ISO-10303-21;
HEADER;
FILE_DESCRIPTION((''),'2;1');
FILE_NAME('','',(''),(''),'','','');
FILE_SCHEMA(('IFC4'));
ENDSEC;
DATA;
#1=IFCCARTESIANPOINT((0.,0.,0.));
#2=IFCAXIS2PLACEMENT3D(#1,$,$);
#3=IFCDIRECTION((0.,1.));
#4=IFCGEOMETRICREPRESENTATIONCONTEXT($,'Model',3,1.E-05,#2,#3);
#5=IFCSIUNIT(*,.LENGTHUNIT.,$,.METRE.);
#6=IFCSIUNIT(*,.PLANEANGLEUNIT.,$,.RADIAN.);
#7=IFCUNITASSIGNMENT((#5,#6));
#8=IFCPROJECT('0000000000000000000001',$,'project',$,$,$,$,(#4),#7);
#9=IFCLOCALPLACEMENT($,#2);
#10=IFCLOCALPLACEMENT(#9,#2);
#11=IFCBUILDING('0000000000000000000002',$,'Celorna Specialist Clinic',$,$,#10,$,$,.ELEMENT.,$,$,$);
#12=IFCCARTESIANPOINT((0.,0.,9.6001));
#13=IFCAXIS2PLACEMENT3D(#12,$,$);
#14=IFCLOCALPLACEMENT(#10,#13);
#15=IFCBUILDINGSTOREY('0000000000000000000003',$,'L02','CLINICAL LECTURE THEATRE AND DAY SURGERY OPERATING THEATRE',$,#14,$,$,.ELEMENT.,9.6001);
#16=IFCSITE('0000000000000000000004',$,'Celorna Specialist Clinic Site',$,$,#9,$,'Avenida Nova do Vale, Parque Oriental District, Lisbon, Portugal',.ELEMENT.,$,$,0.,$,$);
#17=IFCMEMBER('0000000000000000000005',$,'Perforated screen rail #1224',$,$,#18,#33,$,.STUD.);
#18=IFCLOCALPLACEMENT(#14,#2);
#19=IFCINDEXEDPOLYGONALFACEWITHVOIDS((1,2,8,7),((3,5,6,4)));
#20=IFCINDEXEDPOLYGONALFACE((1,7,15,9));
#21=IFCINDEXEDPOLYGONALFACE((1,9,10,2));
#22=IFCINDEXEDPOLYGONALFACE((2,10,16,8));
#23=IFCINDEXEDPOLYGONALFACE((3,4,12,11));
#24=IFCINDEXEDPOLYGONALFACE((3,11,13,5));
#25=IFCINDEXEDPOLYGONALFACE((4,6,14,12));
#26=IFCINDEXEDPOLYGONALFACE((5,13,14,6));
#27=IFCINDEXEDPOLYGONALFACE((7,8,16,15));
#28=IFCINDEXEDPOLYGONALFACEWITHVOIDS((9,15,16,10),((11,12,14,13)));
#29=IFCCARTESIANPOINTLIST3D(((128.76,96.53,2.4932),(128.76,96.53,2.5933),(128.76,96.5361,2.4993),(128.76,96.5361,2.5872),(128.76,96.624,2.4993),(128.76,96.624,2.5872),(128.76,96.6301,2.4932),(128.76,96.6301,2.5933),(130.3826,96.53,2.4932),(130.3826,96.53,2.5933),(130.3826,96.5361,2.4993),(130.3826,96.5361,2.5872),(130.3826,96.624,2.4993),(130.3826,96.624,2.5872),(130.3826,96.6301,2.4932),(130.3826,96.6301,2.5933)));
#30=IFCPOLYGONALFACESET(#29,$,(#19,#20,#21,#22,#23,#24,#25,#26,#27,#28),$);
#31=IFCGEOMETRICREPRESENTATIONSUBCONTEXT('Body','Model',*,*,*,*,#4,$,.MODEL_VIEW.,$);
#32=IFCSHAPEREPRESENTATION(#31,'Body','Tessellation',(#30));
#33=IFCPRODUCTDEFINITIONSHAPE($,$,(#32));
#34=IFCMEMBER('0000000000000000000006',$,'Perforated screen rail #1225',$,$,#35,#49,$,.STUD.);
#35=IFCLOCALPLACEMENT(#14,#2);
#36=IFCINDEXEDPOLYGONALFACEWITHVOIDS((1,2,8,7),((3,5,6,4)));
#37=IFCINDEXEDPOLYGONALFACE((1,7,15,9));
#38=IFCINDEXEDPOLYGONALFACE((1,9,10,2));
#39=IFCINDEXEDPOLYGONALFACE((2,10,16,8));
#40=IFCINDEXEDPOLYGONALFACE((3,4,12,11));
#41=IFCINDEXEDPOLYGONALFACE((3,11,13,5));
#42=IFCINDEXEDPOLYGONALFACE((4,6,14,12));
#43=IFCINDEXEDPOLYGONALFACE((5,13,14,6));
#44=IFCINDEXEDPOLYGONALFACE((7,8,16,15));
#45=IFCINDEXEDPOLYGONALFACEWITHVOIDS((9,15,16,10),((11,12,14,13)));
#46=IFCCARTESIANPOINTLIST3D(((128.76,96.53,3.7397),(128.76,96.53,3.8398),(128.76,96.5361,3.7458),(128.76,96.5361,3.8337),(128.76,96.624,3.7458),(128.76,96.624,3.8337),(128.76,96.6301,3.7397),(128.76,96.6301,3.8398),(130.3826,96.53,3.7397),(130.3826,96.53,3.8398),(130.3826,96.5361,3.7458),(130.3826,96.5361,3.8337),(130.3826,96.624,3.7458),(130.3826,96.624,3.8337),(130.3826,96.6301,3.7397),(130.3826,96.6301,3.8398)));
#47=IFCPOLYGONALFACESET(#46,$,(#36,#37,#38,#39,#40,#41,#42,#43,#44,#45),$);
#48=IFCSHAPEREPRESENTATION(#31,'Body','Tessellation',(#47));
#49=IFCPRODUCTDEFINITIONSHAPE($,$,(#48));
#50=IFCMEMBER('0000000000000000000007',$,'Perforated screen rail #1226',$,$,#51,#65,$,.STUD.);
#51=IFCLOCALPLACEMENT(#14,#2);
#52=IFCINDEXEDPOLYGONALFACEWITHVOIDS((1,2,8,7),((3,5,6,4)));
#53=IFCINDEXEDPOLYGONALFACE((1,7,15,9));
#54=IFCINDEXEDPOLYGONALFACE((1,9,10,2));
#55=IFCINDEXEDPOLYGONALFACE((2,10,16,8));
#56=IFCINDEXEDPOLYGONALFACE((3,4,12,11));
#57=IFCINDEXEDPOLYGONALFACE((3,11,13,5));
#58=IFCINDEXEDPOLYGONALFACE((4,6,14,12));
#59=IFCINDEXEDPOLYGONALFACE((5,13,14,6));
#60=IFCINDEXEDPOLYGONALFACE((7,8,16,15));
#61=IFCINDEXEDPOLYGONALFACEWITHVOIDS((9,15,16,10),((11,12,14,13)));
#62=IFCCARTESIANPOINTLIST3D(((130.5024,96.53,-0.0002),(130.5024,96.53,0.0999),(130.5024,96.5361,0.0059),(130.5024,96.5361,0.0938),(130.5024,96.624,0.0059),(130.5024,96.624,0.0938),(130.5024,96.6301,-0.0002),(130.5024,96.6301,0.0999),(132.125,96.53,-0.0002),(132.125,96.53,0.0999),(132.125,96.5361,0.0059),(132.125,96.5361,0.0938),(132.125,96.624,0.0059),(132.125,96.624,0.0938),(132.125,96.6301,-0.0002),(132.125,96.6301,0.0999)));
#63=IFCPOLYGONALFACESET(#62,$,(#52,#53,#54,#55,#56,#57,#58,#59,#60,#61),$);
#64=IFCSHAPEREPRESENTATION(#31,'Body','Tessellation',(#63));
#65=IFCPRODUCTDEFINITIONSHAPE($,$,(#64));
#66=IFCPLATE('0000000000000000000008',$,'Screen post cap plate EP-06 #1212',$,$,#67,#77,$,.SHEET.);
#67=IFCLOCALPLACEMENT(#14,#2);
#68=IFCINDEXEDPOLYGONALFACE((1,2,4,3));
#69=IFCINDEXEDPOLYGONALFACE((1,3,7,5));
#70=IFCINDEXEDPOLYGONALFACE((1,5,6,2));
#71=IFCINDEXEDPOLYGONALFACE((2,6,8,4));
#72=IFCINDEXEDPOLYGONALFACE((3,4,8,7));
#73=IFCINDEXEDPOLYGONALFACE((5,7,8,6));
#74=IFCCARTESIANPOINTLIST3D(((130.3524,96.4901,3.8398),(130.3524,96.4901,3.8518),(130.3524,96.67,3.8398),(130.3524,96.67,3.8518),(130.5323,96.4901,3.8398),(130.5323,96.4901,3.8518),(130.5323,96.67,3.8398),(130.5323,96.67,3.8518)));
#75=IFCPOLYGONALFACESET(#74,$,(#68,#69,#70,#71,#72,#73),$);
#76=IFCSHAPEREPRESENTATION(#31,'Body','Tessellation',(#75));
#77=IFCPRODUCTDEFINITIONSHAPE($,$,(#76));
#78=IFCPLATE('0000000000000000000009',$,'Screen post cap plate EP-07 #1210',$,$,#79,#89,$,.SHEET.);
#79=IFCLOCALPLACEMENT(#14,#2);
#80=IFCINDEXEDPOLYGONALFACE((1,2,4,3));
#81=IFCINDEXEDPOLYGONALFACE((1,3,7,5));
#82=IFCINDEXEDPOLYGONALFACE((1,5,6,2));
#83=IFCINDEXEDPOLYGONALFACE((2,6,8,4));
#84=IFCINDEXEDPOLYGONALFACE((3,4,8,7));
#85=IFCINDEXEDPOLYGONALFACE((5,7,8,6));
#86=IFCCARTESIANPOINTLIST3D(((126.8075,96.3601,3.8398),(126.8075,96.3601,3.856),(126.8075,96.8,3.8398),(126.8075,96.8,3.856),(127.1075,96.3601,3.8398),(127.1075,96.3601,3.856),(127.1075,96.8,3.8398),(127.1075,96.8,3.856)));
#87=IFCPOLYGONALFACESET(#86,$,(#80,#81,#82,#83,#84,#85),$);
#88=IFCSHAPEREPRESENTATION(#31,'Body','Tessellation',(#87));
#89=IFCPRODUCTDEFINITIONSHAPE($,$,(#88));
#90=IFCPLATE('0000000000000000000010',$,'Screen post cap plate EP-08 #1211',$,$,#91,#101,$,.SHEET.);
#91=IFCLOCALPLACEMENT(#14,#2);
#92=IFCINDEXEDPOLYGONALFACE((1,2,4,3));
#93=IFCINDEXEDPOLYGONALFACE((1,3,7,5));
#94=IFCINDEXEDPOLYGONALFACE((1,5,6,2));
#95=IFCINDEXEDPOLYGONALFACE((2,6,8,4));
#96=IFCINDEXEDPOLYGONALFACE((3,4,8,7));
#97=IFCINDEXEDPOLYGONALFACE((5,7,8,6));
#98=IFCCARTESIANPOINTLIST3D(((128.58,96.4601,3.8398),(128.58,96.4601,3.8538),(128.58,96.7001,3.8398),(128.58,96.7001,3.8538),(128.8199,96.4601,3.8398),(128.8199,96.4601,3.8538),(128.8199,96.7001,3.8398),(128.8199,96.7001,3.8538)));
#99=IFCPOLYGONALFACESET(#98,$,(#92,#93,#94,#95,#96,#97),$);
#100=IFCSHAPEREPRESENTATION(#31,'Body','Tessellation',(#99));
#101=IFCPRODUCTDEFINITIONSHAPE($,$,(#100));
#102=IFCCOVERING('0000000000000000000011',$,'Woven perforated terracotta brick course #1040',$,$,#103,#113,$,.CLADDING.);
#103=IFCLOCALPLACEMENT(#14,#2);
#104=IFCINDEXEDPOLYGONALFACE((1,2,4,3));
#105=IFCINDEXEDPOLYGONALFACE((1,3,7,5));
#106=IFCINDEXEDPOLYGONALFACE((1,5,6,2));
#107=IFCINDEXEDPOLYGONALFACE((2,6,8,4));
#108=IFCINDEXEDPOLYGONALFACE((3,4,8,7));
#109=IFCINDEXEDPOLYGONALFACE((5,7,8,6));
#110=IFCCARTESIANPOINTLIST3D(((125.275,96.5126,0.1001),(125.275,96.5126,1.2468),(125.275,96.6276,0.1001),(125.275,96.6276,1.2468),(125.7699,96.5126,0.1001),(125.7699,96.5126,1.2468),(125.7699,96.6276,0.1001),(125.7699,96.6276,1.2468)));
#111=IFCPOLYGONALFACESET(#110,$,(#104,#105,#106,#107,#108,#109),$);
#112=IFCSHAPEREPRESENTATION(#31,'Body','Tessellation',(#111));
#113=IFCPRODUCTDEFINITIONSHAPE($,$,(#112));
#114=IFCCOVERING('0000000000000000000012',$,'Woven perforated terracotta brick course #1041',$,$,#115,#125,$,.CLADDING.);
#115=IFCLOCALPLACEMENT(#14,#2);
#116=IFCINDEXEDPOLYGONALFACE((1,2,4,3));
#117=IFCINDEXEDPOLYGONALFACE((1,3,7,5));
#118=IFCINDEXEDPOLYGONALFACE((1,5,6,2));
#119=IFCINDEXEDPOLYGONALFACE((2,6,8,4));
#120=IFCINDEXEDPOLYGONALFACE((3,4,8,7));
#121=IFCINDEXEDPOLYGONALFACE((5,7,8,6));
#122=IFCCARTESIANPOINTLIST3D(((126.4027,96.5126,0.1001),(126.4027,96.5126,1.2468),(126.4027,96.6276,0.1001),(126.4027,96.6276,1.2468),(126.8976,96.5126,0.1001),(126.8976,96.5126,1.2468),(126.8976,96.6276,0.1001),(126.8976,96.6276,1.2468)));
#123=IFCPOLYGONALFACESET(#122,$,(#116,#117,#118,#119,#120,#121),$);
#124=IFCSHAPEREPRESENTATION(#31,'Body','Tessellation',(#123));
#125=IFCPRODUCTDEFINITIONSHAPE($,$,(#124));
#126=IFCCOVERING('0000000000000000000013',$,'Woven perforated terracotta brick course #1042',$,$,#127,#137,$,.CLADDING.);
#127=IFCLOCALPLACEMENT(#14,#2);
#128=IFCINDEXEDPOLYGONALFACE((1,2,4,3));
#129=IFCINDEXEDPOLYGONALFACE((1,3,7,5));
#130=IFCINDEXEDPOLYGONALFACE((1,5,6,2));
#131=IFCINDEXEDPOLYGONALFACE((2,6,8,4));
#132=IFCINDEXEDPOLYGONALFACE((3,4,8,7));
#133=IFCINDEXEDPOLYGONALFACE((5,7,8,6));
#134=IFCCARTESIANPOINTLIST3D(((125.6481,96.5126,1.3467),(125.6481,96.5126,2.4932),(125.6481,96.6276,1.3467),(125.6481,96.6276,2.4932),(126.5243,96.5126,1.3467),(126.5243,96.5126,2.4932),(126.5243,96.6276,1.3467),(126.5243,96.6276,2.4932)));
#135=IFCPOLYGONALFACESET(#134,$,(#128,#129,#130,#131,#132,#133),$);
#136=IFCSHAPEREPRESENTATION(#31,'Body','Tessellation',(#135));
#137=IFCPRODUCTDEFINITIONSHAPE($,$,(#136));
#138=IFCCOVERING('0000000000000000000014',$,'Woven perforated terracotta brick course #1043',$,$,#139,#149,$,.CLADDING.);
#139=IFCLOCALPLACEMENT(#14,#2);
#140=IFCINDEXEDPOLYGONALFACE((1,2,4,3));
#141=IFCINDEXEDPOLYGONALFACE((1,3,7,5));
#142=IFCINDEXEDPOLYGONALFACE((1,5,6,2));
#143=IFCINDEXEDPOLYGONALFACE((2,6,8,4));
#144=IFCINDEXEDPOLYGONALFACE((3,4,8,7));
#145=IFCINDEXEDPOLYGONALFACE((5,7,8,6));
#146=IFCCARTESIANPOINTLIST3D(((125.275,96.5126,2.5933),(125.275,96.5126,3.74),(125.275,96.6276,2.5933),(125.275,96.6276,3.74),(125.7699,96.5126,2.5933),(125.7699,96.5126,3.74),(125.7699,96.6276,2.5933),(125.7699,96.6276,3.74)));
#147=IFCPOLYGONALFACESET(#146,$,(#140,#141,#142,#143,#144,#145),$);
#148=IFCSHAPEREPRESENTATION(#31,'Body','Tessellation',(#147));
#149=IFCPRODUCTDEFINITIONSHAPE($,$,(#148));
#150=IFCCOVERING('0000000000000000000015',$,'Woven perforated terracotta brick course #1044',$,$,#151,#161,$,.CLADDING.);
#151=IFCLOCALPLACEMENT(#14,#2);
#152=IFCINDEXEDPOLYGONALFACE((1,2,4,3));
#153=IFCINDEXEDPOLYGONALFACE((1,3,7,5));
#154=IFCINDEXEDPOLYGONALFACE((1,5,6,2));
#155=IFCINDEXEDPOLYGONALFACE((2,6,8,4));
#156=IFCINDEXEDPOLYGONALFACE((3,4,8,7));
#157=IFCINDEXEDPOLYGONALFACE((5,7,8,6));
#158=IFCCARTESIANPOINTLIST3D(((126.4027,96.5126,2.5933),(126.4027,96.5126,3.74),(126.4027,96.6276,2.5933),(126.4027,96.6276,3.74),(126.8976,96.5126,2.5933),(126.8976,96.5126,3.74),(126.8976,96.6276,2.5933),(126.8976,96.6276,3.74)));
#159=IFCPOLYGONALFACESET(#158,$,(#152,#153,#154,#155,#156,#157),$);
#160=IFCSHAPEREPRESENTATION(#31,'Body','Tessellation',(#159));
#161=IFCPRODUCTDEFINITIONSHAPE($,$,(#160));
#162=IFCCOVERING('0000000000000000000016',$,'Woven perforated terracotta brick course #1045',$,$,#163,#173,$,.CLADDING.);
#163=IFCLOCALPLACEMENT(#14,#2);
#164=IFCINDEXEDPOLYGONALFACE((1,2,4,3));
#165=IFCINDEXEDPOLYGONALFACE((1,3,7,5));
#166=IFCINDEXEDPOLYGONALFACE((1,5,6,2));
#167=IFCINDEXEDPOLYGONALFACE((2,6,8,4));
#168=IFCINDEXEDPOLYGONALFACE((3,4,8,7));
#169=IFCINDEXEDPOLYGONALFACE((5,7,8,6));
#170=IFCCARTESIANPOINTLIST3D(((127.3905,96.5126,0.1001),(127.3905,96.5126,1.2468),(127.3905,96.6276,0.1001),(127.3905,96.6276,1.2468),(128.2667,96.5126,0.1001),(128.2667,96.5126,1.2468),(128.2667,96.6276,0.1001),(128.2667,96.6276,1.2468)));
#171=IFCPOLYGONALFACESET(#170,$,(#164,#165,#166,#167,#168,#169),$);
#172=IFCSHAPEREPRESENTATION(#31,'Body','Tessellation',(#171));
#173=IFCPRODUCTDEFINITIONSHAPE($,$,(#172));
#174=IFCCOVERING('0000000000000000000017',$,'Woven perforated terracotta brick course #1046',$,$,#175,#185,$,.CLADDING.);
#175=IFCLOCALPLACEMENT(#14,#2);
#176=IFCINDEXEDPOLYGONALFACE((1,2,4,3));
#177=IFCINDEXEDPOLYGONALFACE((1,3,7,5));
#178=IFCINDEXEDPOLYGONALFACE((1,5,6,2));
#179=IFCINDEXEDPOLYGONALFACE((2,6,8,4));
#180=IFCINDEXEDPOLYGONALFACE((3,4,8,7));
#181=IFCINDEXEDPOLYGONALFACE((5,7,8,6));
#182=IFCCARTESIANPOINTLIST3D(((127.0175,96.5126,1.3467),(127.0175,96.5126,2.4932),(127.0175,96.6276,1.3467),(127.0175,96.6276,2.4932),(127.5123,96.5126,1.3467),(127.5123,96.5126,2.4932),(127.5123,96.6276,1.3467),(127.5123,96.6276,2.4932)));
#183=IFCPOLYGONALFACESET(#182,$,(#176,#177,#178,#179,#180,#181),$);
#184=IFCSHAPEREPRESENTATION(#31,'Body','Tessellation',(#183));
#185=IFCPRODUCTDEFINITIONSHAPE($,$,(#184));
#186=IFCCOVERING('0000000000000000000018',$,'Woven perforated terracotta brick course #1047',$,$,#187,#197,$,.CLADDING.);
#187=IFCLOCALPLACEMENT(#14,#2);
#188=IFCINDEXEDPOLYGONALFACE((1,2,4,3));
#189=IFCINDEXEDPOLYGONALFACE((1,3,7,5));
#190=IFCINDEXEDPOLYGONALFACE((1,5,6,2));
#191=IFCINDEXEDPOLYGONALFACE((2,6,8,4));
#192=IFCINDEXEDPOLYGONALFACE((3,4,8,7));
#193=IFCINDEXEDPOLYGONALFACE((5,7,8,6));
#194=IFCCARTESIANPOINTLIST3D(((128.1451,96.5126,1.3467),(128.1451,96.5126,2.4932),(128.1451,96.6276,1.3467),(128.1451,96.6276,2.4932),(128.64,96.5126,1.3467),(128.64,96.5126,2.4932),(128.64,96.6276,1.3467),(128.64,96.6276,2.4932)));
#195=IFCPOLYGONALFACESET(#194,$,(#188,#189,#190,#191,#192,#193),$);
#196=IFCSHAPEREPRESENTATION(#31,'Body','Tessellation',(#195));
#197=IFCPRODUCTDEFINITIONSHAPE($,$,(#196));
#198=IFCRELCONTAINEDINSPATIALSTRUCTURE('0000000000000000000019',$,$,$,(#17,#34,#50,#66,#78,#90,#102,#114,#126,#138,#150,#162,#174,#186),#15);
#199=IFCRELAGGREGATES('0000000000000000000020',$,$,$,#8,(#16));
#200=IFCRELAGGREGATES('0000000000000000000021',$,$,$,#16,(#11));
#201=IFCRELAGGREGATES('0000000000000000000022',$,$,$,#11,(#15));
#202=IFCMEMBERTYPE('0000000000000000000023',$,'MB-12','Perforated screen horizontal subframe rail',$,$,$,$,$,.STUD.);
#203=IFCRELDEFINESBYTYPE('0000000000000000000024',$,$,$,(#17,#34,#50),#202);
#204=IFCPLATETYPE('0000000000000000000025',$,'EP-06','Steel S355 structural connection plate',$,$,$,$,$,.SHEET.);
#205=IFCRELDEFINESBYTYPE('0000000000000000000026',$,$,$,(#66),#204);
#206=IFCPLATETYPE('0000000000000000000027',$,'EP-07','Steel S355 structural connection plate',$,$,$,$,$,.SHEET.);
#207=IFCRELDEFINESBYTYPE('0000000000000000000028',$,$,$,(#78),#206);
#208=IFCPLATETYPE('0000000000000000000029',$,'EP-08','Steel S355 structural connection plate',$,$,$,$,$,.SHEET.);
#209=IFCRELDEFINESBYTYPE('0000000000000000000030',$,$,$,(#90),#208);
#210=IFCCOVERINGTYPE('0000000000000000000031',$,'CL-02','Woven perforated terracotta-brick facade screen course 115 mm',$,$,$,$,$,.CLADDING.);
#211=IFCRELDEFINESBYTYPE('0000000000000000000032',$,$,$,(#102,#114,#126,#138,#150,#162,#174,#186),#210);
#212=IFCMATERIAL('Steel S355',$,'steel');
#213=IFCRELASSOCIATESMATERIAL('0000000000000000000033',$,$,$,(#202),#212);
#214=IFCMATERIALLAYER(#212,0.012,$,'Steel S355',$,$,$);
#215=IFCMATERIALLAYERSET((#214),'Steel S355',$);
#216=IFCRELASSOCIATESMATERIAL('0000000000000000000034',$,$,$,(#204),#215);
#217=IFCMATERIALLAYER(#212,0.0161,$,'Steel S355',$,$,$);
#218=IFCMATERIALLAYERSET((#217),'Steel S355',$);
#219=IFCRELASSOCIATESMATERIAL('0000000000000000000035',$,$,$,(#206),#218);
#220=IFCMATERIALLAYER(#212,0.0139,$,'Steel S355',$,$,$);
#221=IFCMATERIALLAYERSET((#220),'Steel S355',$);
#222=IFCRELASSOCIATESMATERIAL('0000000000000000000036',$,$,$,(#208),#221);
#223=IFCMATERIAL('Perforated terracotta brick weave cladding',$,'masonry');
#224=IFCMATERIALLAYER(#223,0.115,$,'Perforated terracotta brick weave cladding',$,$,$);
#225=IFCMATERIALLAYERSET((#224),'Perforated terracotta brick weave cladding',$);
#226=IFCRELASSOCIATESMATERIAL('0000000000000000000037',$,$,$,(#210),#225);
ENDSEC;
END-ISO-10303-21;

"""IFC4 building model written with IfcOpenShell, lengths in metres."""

from ifc_helpers import new_model, si_unit, direction, frame, origin, origin_2d, place, context, subcontext, project, spatial, rectangle, hollow_rectangle, extrude, material, layer, layer_set, material_profile, profile_set, type_object, element, save


model = new_model("IFC4")

# Units and contexts
model_context = context("Model", 3, precision=1e-05, world=origin(), true_north=direction((0.0, 1.0)))
body_context = subcontext(model_context, "Body", "Model", "MODEL_VIEW")
ifc_project = project(units=[si_unit("LENGTHUNIT", "METRE"), si_unit("PLANEANGLEUNIT", "RADIAN")], contexts=[model_context])

# Site, building, storey
site_placement = place(None, origin())
site = spatial("IfcSite", under=ifc_project, at=site_placement, Name="Celorna Specialist Clinic Site", LongName="Avenida Nova do Vale, Parque Oriental District, Lisbon, Portugal", CompositionType="ELEMENT", RefElevation=0.0)
building_placement = place(site_placement, origin())
building = spatial("IfcBuilding", under=site, at=building_placement, Name="Celorna Specialist Clinic", CompositionType="ELEMENT")
storey_placement = place(building_placement, frame((0.0, 0.0, 9.6001)))
storey = spatial("IfcBuildingStorey", under=building, at=storey_placement, Name="L02", Description="CLINICAL LECTURE THEATRE AND DAY SURGERY OPERATING THEATRE", CompositionType="ELEMENT", Elevation=9.6001)

# Members
ifc_material_1 = material(Name="Steel S355", Category="steel")
ifc_material_profile_1 = material_profile(ifc_material_1, hollow_rectangle(XDim=0.1001, YDim=0.1001, WallThickness=0.0061, at=origin_2d()), Name="SHS 100x100x6")
ifc_profile_set_1 = profile_set([ifc_material_profile_1], Name="Steel S355")
member_type_1 = type_object("IfcMemberType", Name="MB-12", Description="Perforated screen horizontal subframe rail", PredefinedType="STUD", material=ifc_profile_set_1)
for number, where, z_axis, x_axis, name in (
    (1, (128.76, 96.5801, 2.5432), (1.0, 0.0, 0.0), (0.0, 1.0, 0.0), "Perforated screen rail #1224"),
    (2, (128.76, 96.5801, 3.7898), (1.0, 0.0, 0.0), (0.0, 1.0, 0.0), "Perforated screen rail #1225"),
    (3, (130.5024, 96.5801, 0.0498), (1.0, 0.0, 0.0), (0.0, 1.0, 0.0), "Perforated screen rail #1226"),
):
    element("IfcMember", number, at=place(storey_placement, frame(where, z_axis=z_axis, x_axis=x_axis)), inside=storey, type_object=member_type_1, Name=name, PredefinedType="STUD", context=body_context, shape_type="SweptSolid", body=[
        extrude(hollow_rectangle(XDim=0.1001, YDim=0.1001, WallThickness=0.0061, at=origin_2d()), origin(), (0.0, 0.0, 1.0), 1.6226),
    ])

# Plates
ifc_layer_1 = layer(ifc_material_1, 0.012, Name="Steel S355")
ifc_layer_set_1 = layer_set([ifc_layer_1], Name="Steel S355")
plate_type_1 = type_object("IfcPlateType", Name="EP-06", Description="Steel S355 structural connection plate", PredefinedType="SHEET", material=ifc_layer_set_1)
plate_1_placement = place(storey_placement, frame((130.4424, 96.5801, 3.8398), z_axis=(0.0, 0.0, 1.0), x_axis=(1.0, 0.0, 0.0)))
element("IfcPlate", 4, at=plate_1_placement, inside=storey, type_object=plate_type_1, Name="Screen post cap plate EP-06 #1212", PredefinedType="SHEET", context=body_context, shape_type="SweptSolid", body=[
    extrude(rectangle(XDim=0.1799, YDim=0.1799, at=origin_2d()), origin(), (0.0, 0.0, 1.0), 0.012),
])
ifc_layer_2 = layer(ifc_material_1, 0.0161, Name="Steel S355")
ifc_layer_set_2 = layer_set([ifc_layer_2], Name="Steel S355")
plate_type_2 = type_object("IfcPlateType", Name="EP-07", Description="Steel S355 structural connection plate", PredefinedType="SHEET", material=ifc_layer_set_2)
plate_2_placement = place(storey_placement, frame((126.9575, 96.5801, 3.8398), z_axis=(0.0, 0.0, 1.0), x_axis=(1.0, 0.0, 0.0)))
element("IfcPlate", 5, at=plate_2_placement, inside=storey, type_object=plate_type_2, Name="Screen post cap plate EP-07 #1210", PredefinedType="SHEET", context=body_context, shape_type="SweptSolid", body=[
    extrude(rectangle(XDim=0.3, YDim=0.4399, at=origin_2d()), origin(), (0.0, 0.0, 1.0), 0.0161),
])
ifc_layer_3 = layer(ifc_material_1, 0.0139, Name="Steel S355")
ifc_layer_set_3 = layer_set([ifc_layer_3], Name="Steel S355")
plate_type_3 = type_object("IfcPlateType", Name="EP-08", Description="Steel S355 structural connection plate", PredefinedType="SHEET", material=ifc_layer_set_3)
plate_3_placement = place(storey_placement, frame((128.7, 96.5801, 3.8398), z_axis=(0.0, 0.0, 1.0), x_axis=(1.0, 0.0, 0.0)))
element("IfcPlate", 6, at=plate_3_placement, inside=storey, type_object=plate_type_3, Name="Screen post cap plate EP-08 #1211", PredefinedType="SHEET", context=body_context, shape_type="SweptSolid", body=[
    extrude(rectangle(XDim=0.24, YDim=0.24, at=origin_2d()), origin(), (0.0, 0.0, 1.0), 0.0139),
])

# Coverings
ifc_material_2 = material(Name="Perforated terracotta brick weave cladding", Category="masonry")
ifc_layer_4 = layer(ifc_material_2, 0.115, Name="Perforated terracotta brick weave cladding")
ifc_layer_set_4 = layer_set([ifc_layer_4], Name="Perforated terracotta brick weave cladding")
covering_type = type_object("IfcCoveringType", Name="CL-02", Description="Woven perforated terracotta-brick facade screen course 115 mm", PredefinedType="CLADDING", material=ifc_layer_set_4)
for number, where, z_axis, x_axis, name in (
    (7, (125.5225, 96.5701, 0.1001), (0.0, 0.0, 1.0), (1.0, 0.0, 0.0), "Woven perforated terracotta brick course #1040"),
    (8, (126.6501, 96.5701, 0.1001), (0.0, 0.0, 1.0), (1.0, 0.0, 0.0), "Woven perforated terracotta brick course #1041"),
):
    element("IfcCovering", number, at=place(storey_placement, frame(where, z_axis=z_axis, x_axis=x_axis)), inside=storey, type_object=covering_type, Name=name, PredefinedType="CLADDING", context=body_context, shape_type="SweptSolid", body=[
        extrude(rectangle(XDim=0.4949, YDim=0.115, at=origin_2d()), origin(), (0.0, 0.0, 1.0), 1.1467),
    ])
covering_1_placement = place(storey_placement, frame((126.0862, 96.5701, 1.3467), z_axis=(0.0, 0.0, 1.0), x_axis=(1.0, 0.0, 0.0)))
element("IfcCovering", 9, at=covering_1_placement, inside=storey, type_object=covering_type, Name="Woven perforated terracotta brick course #1042", PredefinedType="CLADDING", context=body_context, shape_type="SweptSolid", body=[
    extrude(rectangle(XDim=0.8762, YDim=0.115, at=origin_2d()), origin(), (0.0, 0.0, 1.0), 1.1465),
])
for number, where, z_axis, x_axis, name in (
    (10, (125.5225, 96.5701, 2.5933), (0.0, 0.0, 1.0), (1.0, 0.0, 0.0), "Woven perforated terracotta brick course #1043"),
    (11, (126.6501, 96.5701, 2.5933), (0.0, 0.0, 1.0), (1.0, 0.0, 0.0), "Woven perforated terracotta brick course #1044"),
):
    element("IfcCovering", number, at=place(storey_placement, frame(where, z_axis=z_axis, x_axis=x_axis)), inside=storey, type_object=covering_type, Name=name, PredefinedType="CLADDING", context=body_context, shape_type="SweptSolid", body=[
        extrude(rectangle(XDim=0.4949, YDim=0.115, at=origin_2d()), origin(), (0.0, 0.0, 1.0), 1.1467),
    ])
covering_2_placement = place(storey_placement, frame((127.8286, 96.5701, 0.1001), z_axis=(0.0, 0.0, 1.0), x_axis=(1.0, 0.0, 0.0)))
element("IfcCovering", 12, at=covering_2_placement, inside=storey, type_object=covering_type, Name="Woven perforated terracotta brick course #1045", PredefinedType="CLADDING", context=body_context, shape_type="SweptSolid", body=[
    extrude(rectangle(XDim=0.8762, YDim=0.115, at=origin_2d()), origin(), (0.0, 0.0, 1.0), 1.1467),
])
for number, where, z_axis, x_axis, name in (
    (13, (127.2649, 96.5701, 1.3467), (0.0, 0.0, 1.0), (1.0, 0.0, 0.0), "Woven perforated terracotta brick course #1046"),
    (14, (128.3926, 96.5701, 1.3467), (0.0, 0.0, 1.0), (1.0, 0.0, 0.0), "Woven perforated terracotta brick course #1047"),
):
    element("IfcCovering", number, at=place(storey_placement, frame(where, z_axis=z_axis, x_axis=x_axis)), inside=storey, type_object=covering_type, Name=name, PredefinedType="CLADDING", context=body_context, shape_type="SweptSolid", body=[
        extrude(rectangle(XDim=0.4949, YDim=0.115, at=origin_2d()), origin(), (0.0, 0.0, 1.0), 1.1465),
    ])

save(model, "model.ifc")
